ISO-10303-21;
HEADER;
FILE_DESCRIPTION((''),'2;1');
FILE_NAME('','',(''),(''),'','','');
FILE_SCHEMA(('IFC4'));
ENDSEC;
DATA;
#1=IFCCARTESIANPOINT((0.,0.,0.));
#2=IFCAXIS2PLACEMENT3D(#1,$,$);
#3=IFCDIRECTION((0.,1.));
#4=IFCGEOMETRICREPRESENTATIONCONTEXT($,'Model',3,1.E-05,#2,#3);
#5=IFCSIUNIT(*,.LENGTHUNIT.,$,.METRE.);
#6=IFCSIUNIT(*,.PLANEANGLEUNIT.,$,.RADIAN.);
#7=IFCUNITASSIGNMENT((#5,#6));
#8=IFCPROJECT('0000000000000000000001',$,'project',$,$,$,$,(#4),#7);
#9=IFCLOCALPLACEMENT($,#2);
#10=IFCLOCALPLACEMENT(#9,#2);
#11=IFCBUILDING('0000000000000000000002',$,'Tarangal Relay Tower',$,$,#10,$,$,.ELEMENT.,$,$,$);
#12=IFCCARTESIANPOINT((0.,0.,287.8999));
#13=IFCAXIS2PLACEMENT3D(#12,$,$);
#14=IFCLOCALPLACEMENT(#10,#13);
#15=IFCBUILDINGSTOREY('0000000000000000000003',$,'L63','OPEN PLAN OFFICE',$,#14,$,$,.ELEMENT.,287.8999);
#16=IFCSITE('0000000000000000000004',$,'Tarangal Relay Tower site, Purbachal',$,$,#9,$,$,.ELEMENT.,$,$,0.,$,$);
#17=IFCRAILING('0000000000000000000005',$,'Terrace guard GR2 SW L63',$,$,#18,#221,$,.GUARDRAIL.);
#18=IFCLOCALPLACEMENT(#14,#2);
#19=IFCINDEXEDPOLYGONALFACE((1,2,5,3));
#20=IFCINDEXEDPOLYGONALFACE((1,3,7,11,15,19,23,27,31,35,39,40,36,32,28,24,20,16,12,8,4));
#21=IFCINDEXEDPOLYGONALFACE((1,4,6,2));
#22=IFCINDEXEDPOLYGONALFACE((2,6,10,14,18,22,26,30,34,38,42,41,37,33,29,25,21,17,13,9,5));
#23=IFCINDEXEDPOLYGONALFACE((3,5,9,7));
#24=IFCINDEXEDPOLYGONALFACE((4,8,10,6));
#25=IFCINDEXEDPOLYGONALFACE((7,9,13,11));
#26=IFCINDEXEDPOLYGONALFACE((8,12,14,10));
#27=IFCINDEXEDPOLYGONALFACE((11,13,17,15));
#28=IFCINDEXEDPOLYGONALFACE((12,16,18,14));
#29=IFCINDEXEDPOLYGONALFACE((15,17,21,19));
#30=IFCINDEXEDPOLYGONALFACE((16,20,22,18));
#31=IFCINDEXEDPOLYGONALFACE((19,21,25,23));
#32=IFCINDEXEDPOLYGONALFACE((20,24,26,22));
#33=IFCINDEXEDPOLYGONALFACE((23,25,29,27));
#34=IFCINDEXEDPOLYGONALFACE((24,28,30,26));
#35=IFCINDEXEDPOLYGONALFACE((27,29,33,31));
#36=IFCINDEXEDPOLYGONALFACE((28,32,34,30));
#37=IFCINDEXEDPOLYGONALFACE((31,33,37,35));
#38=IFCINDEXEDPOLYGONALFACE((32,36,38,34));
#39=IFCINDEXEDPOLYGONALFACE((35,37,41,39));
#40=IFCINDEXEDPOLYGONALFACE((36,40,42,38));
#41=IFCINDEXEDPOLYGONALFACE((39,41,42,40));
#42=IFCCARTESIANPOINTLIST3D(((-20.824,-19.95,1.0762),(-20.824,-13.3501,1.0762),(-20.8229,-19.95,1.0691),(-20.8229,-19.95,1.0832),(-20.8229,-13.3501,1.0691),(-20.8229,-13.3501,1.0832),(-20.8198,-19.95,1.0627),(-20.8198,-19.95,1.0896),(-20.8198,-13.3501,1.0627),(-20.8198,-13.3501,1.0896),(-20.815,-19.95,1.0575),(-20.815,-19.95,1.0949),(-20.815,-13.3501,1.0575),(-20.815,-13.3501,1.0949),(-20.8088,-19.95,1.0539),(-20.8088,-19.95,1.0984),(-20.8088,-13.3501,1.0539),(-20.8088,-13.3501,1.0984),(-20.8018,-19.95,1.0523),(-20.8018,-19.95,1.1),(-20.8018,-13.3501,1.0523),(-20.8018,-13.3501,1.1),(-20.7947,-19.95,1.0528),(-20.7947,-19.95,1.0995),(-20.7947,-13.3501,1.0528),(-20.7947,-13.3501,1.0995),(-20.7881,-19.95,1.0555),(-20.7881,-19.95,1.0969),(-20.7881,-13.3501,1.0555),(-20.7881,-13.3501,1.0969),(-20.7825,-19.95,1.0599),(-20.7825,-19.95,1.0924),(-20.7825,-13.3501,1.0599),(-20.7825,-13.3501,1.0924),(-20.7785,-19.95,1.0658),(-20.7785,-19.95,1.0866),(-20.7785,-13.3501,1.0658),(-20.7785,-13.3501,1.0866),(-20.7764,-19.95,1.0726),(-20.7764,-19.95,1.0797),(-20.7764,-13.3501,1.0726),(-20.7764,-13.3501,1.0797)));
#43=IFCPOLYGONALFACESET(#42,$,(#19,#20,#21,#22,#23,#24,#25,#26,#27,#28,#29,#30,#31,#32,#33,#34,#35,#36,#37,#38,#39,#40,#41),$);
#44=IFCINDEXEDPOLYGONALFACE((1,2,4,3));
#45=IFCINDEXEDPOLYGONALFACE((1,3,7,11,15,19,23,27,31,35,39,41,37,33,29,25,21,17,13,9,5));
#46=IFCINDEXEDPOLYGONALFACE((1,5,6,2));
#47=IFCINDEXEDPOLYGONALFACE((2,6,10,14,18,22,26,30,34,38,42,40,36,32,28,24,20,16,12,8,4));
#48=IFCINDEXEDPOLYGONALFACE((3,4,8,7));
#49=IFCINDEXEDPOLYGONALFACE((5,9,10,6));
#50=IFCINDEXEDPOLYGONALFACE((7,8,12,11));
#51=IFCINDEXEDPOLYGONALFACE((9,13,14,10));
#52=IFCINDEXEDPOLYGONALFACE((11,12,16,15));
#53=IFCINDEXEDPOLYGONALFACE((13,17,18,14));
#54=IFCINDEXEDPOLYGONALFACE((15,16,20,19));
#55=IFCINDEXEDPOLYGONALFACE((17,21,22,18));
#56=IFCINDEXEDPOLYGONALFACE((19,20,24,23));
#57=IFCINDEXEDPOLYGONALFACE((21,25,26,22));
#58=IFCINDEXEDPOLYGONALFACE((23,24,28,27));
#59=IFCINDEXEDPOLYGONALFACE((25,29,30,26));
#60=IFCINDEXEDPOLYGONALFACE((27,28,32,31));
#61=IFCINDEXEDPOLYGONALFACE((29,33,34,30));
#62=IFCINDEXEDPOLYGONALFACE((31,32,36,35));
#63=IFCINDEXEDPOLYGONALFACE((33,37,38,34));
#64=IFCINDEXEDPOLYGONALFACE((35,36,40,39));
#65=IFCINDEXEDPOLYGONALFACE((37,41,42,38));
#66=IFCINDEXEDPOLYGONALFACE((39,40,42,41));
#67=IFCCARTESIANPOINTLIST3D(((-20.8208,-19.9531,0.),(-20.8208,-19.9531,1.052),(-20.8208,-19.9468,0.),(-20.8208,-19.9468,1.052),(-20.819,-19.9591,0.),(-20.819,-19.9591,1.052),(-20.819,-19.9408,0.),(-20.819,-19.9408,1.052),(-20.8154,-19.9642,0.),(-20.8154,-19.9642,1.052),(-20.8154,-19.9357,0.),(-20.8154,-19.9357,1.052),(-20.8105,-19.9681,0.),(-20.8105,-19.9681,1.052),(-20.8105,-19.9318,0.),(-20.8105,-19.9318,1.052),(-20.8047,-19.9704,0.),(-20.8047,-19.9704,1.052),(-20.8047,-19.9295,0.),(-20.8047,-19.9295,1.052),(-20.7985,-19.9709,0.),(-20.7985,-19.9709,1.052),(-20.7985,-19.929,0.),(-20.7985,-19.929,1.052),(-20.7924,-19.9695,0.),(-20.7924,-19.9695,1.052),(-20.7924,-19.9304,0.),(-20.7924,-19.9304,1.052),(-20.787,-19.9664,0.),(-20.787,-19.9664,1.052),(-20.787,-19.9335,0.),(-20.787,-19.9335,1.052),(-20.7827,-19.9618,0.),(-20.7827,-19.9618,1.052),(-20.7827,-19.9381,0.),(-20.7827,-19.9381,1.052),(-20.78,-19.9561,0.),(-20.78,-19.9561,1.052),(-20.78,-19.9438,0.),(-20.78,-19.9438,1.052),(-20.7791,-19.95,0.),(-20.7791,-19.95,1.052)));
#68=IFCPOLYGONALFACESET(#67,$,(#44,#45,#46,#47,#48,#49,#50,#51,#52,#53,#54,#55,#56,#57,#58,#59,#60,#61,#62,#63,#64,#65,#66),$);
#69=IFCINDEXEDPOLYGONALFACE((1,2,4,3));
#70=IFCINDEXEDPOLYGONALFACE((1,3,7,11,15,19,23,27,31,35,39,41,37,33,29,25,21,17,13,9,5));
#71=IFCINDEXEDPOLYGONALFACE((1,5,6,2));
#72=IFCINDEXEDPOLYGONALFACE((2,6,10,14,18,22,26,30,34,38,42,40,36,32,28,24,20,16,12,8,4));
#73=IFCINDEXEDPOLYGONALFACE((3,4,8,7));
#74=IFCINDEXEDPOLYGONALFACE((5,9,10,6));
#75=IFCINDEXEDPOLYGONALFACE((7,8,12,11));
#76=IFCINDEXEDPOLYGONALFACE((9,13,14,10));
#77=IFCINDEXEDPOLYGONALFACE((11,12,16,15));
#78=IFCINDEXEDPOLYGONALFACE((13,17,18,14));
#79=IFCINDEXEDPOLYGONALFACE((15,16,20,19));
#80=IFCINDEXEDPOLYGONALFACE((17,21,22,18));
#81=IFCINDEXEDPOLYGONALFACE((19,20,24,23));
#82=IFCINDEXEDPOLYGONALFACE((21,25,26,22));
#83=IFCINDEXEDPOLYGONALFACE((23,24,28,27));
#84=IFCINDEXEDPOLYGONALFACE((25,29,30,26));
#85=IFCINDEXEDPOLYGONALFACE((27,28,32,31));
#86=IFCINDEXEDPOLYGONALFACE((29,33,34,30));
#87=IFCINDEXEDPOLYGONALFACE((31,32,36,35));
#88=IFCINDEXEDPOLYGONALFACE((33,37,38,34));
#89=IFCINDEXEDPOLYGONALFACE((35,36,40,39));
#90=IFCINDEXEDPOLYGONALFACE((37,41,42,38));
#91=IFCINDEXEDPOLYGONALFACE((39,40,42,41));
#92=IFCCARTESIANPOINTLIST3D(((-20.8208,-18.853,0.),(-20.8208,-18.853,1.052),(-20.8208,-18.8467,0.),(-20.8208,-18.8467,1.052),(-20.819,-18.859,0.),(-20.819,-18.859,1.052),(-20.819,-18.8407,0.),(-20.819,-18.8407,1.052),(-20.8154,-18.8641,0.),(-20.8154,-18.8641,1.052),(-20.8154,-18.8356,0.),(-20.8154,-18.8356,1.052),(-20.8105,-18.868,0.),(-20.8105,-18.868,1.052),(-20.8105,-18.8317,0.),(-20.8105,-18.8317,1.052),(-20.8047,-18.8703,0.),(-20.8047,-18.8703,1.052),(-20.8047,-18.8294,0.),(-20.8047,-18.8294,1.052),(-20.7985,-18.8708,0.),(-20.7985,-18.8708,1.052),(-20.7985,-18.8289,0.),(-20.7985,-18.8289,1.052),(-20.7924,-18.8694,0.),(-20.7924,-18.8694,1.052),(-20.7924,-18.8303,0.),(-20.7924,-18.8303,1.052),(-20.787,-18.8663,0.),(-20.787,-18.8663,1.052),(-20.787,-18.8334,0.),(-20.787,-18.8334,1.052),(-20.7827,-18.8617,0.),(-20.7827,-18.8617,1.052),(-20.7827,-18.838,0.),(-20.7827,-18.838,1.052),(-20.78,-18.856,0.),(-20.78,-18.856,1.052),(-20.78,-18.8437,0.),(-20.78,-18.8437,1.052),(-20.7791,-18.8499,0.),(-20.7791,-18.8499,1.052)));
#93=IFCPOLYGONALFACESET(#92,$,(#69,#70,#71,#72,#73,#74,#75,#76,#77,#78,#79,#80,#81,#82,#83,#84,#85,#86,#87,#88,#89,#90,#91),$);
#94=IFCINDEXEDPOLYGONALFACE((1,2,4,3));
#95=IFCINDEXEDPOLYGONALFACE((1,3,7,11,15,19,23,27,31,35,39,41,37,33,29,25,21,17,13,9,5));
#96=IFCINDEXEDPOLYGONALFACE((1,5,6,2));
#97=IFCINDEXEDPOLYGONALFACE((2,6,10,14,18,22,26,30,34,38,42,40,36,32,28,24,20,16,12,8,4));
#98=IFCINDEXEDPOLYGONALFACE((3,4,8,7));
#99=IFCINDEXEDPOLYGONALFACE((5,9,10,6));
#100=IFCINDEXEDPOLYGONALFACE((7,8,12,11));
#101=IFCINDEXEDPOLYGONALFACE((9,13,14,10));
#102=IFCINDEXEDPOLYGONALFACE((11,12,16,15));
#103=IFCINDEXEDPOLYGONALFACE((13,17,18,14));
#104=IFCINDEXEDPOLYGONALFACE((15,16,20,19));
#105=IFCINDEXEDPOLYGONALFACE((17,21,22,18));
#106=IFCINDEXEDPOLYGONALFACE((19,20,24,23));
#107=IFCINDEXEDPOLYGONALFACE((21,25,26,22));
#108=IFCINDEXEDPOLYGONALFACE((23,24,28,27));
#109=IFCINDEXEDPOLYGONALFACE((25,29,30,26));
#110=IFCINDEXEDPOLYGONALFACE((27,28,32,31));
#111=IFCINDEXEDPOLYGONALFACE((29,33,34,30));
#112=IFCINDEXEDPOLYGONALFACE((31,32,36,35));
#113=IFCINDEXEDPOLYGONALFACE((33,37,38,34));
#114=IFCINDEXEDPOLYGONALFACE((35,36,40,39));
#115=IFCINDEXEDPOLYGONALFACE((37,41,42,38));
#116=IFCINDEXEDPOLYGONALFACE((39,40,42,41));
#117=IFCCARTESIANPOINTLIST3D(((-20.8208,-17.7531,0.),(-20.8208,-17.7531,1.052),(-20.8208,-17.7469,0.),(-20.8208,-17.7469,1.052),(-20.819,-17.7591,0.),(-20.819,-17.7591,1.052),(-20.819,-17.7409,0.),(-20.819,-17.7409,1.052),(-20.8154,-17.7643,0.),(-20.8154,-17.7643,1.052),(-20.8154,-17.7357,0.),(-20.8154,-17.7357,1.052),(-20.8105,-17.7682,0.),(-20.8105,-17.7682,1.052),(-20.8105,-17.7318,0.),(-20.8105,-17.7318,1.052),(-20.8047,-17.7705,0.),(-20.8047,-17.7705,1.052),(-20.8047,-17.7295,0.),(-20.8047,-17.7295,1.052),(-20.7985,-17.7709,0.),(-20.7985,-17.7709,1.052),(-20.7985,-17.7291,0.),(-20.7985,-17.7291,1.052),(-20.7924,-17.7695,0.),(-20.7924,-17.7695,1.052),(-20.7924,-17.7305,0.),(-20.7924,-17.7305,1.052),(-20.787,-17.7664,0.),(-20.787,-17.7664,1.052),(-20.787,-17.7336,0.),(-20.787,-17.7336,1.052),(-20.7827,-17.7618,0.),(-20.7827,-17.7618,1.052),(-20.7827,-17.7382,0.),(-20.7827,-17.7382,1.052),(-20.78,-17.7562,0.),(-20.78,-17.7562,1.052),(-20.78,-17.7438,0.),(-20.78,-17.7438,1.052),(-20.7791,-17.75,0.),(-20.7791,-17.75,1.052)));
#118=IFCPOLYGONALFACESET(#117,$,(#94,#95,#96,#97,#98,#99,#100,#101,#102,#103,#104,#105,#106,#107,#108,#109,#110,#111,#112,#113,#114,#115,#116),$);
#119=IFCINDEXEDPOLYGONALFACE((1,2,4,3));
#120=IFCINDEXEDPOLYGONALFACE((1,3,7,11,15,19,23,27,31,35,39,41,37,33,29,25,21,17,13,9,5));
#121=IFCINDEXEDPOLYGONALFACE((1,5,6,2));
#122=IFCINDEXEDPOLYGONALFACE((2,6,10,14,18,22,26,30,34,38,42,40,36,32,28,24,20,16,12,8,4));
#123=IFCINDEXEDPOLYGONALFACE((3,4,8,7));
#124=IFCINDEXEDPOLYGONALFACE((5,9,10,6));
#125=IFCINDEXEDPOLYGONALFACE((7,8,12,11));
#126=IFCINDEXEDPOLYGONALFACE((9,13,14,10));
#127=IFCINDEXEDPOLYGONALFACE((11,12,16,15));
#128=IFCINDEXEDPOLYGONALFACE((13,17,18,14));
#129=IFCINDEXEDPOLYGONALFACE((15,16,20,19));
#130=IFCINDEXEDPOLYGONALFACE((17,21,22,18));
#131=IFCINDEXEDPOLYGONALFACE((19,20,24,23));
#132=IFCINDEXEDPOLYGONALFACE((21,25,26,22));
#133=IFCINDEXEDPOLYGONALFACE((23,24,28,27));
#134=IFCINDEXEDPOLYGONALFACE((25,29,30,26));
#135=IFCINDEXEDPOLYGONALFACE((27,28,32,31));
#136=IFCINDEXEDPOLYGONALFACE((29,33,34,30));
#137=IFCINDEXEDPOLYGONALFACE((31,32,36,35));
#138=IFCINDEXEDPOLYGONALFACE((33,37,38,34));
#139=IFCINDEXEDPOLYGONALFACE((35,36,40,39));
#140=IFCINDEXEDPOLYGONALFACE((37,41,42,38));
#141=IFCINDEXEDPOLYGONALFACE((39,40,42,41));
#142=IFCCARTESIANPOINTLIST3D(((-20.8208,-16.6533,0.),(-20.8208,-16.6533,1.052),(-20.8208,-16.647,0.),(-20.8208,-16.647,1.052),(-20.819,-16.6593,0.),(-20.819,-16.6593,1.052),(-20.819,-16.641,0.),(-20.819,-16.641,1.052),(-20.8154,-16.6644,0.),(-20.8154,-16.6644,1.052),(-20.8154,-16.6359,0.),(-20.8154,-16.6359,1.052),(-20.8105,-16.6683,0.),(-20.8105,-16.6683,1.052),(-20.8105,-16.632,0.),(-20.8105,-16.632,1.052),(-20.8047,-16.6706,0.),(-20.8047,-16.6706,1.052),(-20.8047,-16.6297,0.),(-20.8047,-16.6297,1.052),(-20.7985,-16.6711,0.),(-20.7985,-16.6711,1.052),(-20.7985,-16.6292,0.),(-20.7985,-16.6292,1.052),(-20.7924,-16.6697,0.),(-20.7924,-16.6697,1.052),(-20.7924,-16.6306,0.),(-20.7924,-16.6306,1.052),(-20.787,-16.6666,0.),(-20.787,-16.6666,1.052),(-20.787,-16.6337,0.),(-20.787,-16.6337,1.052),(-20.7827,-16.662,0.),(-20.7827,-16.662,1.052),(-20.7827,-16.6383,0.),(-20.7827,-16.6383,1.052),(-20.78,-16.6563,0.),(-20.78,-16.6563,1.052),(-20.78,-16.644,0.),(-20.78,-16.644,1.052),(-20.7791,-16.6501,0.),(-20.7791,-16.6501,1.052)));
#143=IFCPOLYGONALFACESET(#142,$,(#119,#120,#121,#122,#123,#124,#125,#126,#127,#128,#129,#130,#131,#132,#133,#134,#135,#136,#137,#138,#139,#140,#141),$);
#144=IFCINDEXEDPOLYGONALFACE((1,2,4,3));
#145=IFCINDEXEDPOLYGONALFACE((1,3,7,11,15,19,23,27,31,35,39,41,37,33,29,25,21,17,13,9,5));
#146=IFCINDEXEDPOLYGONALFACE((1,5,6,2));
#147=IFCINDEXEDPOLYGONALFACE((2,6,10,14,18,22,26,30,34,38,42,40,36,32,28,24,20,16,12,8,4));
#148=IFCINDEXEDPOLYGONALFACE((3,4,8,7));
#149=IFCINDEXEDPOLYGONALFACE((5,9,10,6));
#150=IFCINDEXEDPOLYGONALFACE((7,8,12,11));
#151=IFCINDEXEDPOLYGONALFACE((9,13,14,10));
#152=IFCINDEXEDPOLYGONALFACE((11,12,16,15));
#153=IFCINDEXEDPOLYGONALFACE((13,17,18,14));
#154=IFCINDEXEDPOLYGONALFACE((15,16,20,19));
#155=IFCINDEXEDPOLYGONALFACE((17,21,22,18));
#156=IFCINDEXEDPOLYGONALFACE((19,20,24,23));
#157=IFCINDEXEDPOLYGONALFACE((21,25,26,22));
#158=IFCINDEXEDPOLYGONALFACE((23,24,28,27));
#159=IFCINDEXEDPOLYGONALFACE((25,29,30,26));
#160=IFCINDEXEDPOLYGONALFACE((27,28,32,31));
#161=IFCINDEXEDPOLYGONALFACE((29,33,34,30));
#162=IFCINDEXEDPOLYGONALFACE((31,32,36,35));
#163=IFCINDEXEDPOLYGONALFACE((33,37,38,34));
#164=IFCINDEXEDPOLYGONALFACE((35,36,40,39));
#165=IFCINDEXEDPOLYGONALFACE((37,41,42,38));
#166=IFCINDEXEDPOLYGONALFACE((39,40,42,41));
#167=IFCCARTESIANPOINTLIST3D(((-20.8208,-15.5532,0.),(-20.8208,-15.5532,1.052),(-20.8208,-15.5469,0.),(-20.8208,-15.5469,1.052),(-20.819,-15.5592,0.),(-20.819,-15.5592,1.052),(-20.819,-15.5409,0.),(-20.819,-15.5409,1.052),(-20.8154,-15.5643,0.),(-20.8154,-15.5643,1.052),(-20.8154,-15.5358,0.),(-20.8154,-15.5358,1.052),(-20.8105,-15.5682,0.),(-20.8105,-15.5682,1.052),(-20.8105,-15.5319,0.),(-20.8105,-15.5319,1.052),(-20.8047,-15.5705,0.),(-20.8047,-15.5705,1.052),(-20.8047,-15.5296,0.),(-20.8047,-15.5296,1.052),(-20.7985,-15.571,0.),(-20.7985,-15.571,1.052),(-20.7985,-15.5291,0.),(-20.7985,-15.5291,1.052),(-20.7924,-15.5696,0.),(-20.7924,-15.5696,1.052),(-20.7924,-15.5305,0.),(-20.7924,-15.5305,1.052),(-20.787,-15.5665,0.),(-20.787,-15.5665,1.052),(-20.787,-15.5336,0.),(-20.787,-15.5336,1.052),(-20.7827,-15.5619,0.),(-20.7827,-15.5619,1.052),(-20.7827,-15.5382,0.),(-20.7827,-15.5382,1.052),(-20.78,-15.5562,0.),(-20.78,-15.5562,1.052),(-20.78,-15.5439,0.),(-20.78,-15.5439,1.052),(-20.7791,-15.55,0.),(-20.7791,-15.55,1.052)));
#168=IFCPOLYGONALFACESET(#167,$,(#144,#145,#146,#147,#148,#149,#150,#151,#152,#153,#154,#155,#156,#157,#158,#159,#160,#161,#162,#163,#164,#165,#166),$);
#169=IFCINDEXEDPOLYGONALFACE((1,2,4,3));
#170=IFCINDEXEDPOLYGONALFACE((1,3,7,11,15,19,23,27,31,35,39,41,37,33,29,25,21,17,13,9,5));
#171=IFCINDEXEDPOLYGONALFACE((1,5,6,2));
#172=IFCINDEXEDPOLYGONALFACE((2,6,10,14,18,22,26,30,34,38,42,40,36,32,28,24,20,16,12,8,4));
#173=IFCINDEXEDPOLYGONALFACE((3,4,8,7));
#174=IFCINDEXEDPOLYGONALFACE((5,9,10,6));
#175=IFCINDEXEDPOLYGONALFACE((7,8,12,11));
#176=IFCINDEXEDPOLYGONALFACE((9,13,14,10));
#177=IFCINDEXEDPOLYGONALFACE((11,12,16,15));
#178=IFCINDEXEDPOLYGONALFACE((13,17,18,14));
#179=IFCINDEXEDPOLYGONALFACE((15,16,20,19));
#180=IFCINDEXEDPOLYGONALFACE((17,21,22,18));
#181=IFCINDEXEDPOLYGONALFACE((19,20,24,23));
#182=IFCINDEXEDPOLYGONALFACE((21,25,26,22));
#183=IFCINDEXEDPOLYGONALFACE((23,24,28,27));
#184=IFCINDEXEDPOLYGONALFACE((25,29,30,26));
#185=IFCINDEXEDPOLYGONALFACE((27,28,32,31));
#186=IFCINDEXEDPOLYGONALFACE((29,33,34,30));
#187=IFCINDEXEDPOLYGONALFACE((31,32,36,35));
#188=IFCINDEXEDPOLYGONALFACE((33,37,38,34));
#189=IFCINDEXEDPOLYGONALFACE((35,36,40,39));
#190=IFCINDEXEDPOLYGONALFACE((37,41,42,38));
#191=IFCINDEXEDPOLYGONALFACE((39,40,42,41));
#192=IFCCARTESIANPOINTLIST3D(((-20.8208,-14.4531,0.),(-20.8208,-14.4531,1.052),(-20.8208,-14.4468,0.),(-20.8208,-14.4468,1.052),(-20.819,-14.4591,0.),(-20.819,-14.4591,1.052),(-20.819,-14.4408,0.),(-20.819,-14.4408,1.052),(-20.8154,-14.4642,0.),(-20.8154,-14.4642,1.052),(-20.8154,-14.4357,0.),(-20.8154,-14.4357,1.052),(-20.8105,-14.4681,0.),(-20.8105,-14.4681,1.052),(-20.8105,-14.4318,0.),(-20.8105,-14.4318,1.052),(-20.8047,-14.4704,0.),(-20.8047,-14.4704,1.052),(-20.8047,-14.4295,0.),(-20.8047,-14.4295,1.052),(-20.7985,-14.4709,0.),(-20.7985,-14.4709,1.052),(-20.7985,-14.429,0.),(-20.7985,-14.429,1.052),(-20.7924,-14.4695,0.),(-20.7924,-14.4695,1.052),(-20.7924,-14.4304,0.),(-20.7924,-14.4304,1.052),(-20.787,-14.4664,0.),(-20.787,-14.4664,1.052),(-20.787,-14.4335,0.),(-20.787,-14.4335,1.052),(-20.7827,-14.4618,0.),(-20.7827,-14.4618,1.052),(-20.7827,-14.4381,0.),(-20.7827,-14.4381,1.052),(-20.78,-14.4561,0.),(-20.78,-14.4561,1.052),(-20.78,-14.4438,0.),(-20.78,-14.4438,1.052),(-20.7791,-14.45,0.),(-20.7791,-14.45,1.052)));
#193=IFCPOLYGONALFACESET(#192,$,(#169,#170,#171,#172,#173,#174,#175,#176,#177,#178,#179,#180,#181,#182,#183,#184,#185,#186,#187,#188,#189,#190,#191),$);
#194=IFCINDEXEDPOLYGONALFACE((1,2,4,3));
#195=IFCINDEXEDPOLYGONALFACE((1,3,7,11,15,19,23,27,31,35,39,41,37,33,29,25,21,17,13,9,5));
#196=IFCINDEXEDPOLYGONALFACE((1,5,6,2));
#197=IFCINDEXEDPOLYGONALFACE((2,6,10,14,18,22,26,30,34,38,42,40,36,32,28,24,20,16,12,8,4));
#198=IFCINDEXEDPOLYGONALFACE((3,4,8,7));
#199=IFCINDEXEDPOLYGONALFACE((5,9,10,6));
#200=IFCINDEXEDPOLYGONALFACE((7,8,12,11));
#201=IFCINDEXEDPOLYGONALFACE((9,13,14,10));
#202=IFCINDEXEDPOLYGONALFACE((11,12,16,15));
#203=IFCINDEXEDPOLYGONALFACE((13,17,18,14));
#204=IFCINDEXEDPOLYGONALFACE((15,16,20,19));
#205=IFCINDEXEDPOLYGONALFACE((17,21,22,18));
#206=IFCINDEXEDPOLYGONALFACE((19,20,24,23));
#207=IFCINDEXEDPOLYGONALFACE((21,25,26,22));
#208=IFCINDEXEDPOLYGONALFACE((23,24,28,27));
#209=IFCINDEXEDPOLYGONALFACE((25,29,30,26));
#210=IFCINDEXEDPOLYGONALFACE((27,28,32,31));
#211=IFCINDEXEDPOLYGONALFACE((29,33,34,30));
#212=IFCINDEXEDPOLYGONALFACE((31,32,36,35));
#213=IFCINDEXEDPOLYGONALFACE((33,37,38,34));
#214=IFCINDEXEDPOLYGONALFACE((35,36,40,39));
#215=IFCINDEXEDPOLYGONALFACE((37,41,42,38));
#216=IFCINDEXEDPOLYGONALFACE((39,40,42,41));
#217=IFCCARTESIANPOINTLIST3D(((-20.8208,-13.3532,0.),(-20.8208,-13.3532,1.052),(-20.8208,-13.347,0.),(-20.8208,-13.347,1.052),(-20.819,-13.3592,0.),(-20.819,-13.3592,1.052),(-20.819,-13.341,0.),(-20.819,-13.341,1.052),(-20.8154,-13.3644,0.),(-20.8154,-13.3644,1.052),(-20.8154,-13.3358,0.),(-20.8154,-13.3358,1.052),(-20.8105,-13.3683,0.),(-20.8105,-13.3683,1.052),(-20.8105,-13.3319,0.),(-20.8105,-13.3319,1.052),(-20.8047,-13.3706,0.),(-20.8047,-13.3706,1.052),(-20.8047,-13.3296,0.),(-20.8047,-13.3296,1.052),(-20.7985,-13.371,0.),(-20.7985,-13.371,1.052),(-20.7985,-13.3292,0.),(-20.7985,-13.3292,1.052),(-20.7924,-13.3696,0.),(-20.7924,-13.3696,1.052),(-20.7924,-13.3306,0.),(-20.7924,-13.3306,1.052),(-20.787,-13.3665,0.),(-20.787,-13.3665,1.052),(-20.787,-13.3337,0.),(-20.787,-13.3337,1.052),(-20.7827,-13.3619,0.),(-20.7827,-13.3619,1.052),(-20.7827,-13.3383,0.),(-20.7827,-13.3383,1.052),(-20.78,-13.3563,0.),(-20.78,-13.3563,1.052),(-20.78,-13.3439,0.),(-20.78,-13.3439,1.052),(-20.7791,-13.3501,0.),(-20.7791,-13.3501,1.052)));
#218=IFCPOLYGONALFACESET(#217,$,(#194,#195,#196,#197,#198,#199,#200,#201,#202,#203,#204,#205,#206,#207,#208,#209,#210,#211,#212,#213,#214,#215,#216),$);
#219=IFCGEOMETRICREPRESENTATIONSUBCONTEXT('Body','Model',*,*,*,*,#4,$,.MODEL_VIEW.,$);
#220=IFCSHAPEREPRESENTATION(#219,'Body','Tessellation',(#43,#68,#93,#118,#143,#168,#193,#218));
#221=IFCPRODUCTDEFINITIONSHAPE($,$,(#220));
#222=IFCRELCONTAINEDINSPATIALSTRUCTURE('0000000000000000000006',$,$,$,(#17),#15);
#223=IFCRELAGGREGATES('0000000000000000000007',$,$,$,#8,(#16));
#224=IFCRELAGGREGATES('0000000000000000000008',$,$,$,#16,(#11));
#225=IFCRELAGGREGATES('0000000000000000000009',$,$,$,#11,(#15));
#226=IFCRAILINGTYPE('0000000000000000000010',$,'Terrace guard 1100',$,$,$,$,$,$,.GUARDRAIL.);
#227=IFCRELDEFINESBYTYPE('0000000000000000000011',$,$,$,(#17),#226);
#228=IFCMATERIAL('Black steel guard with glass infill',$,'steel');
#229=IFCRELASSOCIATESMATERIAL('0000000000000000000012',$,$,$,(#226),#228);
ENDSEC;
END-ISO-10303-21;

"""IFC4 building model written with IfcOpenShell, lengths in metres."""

from ifc_helpers import new_model, si_unit, direction, frame, origin, origin_2d, place, context, subcontext, project, spatial, circle, extrude, material, type_object, element, save


model = new_model("IFC4")

# Units and contexts
model_context = context("Model", 3, precision=1e-05, world=origin(), true_north=direction((0.0, 1.0)))
body_context = subcontext(model_context, "Body", "Model", "MODEL_VIEW")
ifc_project = project(units=[si_unit("LENGTHUNIT", "METRE"), si_unit("PLANEANGLEUNIT", "RADIAN")], contexts=[model_context])

# Site, building, storey
site_placement = place(None, origin())
site = spatial("IfcSite", under=ifc_project, at=site_placement, Name="Tarangal Relay Tower site, Purbachal", CompositionType="ELEMENT", RefElevation=0.0)
building_placement = place(site_placement, origin())
building = spatial("IfcBuilding", under=site, at=building_placement, Name="Tarangal Relay Tower", CompositionType="ELEMENT")
storey_placement = place(building_placement, frame((0.0, 0.0, 287.8999)))
storey = spatial("IfcBuildingStorey", under=building, at=storey_placement, Name="L63", Description="OPEN PLAN OFFICE", CompositionType="ELEMENT", Elevation=287.8999)

# Railing
ifc_material_1 = material(Name="Black steel guard with glass infill", Category="steel")
railing_type = type_object("IfcRailingType", Name="Terrace guard 1100", PredefinedType="GUARDRAIL", material=ifc_material_1)
railing_1_placement = place(storey_placement, frame((-20.8, -19.95, 0.0)))
element("IfcRailing", 1, at=railing_1_placement, inside=storey, type_object=railing_type, Name="Terrace guard GR2 SW L63", PredefinedType="GUARDRAIL", context=body_context, shape_type="SweptSolid", body=[
    extrude(circle(Radius=0.0239, at=origin_2d()), frame((0.0, 0.0, 1.0762), z_axis=(0.0, 1.0, 0.0), x_axis=(-1.0, 0.0, 0.0)), (0.0, 0.0, 1.0), 6.5999),
    extrude(circle(Radius=0.021, at=origin_2d()), origin(), (0.0, 0.0, 1.0), 1.052),
    extrude(circle(Radius=0.021, at=origin_2d()), frame((0.0, 1.1001, 0.0)), (0.0, 0.0, 1.0), 1.052),
    extrude(circle(Radius=0.021, at=origin_2d()), frame((0.0, 2.2, 0.0)), (0.0, 0.0, 1.0), 1.052),
    extrude(circle(Radius=0.021, at=origin_2d()), frame((0.0, 3.2998, 0.0)), (0.0, 0.0, 1.0), 1.052),
    extrude(circle(Radius=0.021, at=origin_2d()), frame((0.0, 4.3999, 0.0)), (0.0, 0.0, 1.0), 1.052),
    extrude(circle(Radius=0.021, at=origin_2d()), frame((0.0, 5.5, 0.0)), (0.0, 0.0, 1.0), 1.052),
    extrude(circle(Radius=0.021, at=origin_2d()), frame((0.0, 6.5999, 0.0)), (0.0, 0.0, 1.0), 1.052),
])

save(model, "model.ifc")
